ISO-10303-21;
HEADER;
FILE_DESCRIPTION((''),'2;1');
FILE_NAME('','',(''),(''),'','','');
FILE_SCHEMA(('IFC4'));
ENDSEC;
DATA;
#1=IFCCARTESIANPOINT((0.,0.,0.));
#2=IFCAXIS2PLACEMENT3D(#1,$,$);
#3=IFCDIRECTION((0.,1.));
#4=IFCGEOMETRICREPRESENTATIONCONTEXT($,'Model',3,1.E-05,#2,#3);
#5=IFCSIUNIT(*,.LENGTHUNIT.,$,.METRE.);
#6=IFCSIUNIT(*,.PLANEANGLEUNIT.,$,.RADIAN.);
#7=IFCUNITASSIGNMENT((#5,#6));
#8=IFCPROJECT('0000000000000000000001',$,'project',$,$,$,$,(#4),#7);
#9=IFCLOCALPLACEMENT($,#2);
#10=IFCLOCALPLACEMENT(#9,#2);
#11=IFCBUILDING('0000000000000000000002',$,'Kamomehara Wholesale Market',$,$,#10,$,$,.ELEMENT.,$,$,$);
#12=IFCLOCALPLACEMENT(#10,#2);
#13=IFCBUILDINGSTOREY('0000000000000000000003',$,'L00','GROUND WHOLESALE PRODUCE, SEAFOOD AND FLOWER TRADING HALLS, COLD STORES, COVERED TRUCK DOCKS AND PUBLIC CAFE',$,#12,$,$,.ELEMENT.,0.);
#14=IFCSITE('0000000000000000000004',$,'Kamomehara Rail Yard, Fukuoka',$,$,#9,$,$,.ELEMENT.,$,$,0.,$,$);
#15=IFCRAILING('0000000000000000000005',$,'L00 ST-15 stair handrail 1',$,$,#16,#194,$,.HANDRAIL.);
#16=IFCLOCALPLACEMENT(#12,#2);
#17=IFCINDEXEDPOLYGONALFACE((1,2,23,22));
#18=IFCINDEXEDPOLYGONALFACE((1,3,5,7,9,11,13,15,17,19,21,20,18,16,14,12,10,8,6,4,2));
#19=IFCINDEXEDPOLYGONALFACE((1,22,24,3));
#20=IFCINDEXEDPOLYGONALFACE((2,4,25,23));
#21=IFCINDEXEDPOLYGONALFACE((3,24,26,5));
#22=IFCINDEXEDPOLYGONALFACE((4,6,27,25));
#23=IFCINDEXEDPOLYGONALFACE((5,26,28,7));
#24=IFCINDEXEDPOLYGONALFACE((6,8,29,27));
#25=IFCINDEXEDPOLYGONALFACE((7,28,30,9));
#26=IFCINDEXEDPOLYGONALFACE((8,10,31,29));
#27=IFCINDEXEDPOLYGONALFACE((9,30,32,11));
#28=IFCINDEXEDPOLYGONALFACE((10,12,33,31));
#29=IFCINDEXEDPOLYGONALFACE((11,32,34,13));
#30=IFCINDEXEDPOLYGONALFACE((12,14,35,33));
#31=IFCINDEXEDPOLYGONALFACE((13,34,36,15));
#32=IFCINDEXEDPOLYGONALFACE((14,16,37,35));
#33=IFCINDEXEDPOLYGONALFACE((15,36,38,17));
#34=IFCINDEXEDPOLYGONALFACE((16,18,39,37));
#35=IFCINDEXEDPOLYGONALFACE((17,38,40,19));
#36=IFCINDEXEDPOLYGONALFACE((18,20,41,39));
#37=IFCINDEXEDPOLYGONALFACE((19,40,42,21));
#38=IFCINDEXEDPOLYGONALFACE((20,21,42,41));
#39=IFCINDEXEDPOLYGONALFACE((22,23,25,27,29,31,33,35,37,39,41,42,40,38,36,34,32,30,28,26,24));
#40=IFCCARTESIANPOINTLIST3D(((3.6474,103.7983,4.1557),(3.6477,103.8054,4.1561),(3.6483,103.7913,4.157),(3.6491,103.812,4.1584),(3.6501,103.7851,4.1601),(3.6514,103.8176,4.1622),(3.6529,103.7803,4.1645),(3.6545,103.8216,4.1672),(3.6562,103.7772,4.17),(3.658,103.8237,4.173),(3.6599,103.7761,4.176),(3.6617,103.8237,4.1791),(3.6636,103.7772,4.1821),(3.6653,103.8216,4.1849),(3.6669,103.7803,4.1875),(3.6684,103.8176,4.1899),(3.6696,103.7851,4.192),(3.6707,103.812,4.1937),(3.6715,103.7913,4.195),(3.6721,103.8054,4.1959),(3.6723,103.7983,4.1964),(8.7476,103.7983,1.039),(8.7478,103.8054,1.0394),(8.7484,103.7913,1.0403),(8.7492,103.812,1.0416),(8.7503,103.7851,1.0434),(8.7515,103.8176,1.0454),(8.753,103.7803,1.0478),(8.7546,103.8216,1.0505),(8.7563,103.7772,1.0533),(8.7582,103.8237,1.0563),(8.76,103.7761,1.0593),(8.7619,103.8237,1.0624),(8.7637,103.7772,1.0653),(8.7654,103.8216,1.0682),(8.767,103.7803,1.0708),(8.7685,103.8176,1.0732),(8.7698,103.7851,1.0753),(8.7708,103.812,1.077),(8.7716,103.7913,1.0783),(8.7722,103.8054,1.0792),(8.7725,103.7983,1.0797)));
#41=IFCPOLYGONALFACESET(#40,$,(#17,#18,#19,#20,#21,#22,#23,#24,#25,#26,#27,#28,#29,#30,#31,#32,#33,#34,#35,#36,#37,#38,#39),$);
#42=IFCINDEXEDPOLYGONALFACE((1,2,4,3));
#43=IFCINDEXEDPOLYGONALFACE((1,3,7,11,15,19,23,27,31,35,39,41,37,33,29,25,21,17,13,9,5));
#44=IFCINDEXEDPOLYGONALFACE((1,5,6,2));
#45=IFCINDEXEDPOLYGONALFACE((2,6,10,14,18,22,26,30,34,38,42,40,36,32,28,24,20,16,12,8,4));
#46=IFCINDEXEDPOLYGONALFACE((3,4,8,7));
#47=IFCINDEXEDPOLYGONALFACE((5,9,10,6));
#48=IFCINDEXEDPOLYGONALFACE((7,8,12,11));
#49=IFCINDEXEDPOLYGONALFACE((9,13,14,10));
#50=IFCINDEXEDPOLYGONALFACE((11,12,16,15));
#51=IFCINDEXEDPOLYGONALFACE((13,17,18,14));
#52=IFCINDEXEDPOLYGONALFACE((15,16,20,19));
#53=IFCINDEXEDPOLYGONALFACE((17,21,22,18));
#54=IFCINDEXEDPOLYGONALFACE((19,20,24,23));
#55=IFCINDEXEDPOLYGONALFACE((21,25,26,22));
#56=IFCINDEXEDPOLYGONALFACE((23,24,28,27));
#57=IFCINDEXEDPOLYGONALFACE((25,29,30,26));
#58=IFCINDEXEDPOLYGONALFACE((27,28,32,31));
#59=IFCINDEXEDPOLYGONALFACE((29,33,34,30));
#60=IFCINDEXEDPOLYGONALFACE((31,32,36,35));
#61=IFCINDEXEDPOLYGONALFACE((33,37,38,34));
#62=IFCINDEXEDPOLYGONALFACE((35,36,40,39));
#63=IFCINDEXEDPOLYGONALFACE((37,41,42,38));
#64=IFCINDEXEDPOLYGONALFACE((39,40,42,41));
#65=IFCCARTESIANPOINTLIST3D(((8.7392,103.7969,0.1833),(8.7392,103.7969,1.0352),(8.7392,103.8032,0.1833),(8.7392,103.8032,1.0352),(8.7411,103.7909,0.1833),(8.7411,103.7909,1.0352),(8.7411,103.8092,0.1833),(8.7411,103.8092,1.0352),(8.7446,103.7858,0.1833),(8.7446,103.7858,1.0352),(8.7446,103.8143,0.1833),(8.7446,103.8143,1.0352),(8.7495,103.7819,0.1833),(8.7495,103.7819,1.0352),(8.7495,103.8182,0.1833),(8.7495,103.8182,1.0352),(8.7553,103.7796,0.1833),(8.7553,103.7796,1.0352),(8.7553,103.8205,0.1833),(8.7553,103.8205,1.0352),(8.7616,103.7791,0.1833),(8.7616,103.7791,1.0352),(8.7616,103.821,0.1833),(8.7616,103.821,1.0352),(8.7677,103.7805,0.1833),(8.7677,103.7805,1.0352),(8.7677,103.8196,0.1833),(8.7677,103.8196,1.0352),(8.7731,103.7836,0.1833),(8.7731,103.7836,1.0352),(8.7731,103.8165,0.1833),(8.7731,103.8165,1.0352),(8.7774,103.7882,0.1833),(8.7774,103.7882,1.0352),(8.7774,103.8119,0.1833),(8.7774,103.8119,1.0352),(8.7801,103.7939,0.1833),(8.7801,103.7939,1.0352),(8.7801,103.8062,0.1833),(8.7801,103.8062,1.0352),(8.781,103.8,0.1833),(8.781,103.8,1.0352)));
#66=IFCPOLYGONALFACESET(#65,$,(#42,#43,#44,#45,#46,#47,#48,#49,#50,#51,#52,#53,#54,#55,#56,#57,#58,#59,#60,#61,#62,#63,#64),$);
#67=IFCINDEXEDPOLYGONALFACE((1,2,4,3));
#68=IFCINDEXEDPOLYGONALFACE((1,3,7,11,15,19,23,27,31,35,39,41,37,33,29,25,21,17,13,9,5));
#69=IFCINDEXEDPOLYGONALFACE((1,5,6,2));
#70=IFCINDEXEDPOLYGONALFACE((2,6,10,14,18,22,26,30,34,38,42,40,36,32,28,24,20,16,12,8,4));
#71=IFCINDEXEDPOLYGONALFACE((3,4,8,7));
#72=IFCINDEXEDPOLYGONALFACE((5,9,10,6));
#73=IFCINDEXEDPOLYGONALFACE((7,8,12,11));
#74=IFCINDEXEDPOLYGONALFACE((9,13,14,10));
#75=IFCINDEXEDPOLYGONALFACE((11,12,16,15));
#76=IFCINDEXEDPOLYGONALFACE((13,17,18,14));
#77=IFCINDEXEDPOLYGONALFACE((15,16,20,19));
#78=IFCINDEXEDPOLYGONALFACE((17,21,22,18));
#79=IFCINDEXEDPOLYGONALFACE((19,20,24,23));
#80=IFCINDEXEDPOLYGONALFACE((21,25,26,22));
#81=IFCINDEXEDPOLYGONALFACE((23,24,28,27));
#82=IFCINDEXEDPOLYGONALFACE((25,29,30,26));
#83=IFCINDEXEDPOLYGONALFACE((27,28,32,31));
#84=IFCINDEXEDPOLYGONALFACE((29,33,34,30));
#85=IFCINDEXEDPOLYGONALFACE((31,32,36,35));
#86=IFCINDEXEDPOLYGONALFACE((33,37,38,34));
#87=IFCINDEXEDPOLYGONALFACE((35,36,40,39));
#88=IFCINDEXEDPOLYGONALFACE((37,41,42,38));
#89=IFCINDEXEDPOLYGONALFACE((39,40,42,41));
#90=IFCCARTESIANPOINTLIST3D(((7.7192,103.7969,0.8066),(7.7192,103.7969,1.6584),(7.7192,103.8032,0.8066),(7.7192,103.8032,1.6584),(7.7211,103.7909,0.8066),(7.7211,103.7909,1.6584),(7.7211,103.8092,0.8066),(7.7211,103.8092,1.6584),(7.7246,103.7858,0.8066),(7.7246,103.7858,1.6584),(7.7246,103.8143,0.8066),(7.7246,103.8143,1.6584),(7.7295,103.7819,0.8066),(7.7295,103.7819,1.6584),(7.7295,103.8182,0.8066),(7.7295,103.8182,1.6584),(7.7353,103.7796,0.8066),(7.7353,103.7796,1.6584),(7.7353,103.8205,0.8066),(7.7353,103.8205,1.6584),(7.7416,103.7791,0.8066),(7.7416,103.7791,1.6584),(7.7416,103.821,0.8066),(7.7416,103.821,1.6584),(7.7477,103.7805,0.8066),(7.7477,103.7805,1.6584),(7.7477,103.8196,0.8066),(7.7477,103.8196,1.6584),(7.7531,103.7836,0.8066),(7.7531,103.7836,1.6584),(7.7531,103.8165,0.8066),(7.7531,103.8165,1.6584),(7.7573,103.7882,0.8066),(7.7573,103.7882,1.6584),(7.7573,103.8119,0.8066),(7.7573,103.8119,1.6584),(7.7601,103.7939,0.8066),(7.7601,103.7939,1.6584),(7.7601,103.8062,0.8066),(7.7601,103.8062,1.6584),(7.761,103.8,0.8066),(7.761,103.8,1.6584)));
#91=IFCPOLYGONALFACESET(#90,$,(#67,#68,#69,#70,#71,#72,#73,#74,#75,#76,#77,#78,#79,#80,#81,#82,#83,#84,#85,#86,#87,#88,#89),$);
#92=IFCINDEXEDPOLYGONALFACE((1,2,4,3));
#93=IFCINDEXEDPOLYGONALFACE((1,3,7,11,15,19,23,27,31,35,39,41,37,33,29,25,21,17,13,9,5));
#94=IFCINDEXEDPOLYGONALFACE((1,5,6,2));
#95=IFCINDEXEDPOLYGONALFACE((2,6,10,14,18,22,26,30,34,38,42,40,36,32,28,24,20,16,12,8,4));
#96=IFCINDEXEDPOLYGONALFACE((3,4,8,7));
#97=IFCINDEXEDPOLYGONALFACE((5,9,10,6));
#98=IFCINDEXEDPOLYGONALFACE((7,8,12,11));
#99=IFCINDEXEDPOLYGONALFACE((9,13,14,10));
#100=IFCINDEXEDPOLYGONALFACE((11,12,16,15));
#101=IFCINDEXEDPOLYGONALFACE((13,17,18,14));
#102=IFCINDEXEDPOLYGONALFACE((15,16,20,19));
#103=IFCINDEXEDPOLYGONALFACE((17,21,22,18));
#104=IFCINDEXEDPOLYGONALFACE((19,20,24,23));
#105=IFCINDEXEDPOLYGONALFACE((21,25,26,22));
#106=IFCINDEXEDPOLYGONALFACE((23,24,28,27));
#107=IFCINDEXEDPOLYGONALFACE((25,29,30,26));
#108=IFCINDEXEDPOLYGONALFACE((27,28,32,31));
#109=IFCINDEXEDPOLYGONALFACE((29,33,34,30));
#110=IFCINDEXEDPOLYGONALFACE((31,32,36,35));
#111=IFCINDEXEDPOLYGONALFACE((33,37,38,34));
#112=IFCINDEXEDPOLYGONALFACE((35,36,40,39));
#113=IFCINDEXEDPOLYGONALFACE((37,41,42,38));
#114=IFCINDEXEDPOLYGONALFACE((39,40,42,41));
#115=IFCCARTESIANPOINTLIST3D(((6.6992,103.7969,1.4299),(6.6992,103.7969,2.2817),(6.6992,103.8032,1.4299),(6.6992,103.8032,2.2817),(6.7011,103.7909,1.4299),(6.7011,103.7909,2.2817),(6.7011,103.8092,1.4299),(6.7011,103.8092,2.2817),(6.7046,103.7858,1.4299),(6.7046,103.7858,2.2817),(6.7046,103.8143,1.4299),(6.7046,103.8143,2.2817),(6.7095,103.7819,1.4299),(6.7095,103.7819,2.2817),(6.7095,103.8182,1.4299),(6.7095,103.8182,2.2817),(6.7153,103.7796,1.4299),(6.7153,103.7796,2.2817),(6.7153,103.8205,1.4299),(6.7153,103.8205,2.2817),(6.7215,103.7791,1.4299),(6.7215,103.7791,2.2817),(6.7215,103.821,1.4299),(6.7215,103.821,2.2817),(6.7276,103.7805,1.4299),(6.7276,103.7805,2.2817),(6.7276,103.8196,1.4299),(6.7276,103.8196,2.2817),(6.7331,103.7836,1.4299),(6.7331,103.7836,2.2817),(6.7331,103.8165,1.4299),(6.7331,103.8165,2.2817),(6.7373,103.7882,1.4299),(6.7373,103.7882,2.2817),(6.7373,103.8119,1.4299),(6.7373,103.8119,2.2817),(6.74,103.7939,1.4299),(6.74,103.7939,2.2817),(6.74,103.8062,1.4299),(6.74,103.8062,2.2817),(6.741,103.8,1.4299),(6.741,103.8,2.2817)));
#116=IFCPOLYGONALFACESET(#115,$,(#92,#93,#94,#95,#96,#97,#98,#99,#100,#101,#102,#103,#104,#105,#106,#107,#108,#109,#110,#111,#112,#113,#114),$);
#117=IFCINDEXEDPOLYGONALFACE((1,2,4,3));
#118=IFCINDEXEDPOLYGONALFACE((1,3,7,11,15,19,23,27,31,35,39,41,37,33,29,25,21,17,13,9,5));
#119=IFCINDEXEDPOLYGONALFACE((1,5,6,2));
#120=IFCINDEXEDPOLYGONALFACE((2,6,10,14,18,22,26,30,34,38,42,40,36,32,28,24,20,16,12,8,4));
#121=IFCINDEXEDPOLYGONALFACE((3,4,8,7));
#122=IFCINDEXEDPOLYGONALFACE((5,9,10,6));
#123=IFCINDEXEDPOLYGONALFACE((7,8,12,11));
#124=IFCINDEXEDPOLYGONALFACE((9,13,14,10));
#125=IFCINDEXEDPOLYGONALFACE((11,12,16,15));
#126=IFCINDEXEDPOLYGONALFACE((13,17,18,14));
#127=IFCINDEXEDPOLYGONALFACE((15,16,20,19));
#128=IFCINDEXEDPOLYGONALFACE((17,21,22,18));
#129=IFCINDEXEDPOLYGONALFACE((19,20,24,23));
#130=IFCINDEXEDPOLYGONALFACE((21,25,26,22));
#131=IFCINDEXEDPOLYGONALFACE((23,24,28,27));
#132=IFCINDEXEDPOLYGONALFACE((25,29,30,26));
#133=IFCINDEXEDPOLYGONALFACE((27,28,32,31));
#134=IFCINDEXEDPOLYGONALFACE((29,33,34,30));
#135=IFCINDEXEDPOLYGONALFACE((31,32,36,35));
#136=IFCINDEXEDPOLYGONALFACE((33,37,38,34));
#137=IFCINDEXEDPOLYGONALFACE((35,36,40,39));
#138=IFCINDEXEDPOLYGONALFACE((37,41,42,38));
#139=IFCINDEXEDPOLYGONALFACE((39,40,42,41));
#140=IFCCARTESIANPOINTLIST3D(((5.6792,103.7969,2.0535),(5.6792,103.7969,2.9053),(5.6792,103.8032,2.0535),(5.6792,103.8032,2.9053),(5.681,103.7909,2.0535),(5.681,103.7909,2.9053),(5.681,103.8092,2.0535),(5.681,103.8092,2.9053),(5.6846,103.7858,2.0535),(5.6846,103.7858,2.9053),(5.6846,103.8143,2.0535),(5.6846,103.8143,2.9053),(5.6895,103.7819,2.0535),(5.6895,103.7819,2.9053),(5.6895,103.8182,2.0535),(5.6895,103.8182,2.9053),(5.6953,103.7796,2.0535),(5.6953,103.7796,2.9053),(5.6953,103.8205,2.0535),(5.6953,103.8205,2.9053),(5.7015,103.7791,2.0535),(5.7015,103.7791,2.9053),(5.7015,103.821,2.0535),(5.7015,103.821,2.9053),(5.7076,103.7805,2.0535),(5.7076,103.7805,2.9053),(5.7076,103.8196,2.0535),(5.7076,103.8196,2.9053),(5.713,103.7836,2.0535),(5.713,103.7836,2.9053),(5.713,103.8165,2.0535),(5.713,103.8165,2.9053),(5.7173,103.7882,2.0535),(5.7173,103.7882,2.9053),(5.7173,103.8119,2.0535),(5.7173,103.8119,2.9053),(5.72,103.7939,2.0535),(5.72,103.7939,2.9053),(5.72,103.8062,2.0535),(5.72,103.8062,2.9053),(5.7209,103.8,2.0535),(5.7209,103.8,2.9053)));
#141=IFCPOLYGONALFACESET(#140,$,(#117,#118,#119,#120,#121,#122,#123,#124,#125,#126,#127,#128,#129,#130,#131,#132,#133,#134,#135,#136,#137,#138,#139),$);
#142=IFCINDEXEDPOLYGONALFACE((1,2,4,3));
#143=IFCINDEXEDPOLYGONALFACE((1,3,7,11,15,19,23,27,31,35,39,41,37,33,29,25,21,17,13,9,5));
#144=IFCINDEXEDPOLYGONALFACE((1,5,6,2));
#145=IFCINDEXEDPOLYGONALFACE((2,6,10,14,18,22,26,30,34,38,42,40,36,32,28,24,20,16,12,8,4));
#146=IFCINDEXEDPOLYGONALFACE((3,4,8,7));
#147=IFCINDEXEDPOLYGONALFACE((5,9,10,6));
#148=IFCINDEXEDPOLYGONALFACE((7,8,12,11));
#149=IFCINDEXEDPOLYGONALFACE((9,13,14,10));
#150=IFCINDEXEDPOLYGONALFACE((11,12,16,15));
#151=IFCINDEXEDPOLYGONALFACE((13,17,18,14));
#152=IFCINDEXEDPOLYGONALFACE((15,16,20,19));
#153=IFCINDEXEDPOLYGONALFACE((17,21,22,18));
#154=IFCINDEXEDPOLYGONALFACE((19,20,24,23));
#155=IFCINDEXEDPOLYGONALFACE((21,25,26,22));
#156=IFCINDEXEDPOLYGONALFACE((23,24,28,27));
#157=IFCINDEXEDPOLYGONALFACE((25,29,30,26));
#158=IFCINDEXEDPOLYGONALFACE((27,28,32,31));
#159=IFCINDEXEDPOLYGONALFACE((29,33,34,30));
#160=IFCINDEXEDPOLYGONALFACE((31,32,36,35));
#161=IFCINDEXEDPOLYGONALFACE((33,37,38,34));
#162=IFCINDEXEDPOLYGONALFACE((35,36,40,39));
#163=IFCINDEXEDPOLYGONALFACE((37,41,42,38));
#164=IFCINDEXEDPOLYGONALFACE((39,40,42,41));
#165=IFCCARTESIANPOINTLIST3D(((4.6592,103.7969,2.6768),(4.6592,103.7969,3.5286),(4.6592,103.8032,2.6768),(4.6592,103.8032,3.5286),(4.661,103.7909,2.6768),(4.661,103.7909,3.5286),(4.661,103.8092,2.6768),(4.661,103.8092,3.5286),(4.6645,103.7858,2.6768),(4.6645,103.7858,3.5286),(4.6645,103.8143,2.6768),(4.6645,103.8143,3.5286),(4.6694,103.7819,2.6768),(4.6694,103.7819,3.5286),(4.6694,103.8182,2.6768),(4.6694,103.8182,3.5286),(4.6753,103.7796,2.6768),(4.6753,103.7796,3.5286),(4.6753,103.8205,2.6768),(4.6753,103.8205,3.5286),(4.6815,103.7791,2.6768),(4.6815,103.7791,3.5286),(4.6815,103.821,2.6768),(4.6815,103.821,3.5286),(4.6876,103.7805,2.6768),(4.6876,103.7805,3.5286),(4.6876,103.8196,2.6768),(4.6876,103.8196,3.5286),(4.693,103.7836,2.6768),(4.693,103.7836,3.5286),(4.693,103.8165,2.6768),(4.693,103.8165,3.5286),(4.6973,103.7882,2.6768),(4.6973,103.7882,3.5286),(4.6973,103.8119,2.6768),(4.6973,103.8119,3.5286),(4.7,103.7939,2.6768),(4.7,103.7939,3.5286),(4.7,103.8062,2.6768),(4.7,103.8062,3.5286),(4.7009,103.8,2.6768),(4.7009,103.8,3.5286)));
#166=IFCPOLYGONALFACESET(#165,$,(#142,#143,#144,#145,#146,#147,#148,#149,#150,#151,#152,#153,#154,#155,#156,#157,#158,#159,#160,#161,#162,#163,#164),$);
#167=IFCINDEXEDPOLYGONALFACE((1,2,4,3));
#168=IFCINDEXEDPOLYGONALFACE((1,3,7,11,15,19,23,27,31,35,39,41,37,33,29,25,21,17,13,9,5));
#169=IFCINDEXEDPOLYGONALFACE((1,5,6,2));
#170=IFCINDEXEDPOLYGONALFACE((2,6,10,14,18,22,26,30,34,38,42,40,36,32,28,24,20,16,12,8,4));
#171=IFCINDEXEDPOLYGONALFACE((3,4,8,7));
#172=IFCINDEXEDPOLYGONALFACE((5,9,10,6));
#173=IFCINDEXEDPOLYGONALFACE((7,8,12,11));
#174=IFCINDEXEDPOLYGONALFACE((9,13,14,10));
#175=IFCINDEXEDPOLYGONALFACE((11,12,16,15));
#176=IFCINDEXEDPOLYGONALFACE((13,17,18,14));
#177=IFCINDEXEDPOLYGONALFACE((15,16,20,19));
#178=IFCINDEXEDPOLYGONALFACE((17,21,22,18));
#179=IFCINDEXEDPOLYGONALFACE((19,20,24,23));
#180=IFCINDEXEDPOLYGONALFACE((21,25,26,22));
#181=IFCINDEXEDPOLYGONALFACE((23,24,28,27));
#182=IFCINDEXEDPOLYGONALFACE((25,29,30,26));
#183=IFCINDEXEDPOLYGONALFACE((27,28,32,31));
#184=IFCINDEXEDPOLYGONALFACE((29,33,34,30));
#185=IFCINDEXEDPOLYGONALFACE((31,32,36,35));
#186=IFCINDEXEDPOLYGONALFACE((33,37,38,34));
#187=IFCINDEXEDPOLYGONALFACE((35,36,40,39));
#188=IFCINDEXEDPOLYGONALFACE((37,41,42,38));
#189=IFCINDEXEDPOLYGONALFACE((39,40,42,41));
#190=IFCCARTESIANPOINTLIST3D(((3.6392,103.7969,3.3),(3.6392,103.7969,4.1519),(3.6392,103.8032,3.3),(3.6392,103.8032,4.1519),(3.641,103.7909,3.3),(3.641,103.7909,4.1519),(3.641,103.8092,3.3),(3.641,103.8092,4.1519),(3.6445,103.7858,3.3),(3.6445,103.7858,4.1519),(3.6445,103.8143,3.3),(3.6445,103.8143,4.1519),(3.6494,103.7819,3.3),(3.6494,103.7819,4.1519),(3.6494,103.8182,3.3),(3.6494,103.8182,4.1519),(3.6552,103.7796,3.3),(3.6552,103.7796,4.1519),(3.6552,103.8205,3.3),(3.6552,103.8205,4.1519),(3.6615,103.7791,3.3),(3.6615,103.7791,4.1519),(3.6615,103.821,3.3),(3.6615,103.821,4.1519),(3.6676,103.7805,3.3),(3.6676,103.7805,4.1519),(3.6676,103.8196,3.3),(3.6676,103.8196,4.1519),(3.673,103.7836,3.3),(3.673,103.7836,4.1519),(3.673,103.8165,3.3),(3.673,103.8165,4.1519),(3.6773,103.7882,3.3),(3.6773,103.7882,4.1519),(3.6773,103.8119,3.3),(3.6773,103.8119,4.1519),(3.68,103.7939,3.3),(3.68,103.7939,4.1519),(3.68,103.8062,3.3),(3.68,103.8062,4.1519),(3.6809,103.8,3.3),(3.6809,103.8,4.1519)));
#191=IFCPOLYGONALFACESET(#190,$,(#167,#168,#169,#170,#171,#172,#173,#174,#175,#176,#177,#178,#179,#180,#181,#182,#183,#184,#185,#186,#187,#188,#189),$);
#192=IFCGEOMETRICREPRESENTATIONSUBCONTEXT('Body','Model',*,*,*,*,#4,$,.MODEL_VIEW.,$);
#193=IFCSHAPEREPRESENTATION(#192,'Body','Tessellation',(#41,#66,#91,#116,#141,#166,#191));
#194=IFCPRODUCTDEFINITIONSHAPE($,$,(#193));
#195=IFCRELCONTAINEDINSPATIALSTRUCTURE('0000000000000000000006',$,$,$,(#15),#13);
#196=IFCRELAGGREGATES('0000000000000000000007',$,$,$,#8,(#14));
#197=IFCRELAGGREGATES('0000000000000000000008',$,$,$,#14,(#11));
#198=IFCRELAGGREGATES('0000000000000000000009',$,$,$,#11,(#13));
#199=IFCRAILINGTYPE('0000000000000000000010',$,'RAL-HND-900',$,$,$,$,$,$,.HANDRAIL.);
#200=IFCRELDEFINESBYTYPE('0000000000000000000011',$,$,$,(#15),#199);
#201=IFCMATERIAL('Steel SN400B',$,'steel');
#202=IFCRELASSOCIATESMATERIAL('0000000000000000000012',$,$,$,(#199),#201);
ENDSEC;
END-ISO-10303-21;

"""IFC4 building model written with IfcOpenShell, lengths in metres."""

from ifc_helpers import new_model, si_unit, direction, frame, origin, origin_2d, place, context, subcontext, project, spatial, circle, extrude, material, type_object, element, save


model = new_model("IFC4")

# Units and contexts
model_context = context("Model", 3, precision=1e-05, world=origin(), true_north=direction((0.0, 1.0)))
body_context = subcontext(model_context, "Body", "Model", "MODEL_VIEW")
ifc_project = project(units=[si_unit("LENGTHUNIT", "METRE"), si_unit("PLANEANGLEUNIT", "RADIAN")], contexts=[model_context])

# Site, building, storey
site_placement = place(None, origin())
site = spatial("IfcSite", under=ifc_project, at=site_placement, Name="Kamomehara Rail Yard, Fukuoka", CompositionType="ELEMENT", RefElevation=0.0)
building_placement = place(site_placement, origin())
building = spatial("IfcBuilding", under=site, at=building_placement, Name="Kamomehara Wholesale Market", CompositionType="ELEMENT")
storey_placement = place(building_placement, origin())
storey = spatial("IfcBuildingStorey", under=building, at=storey_placement, Name="L00", Description="GROUND WHOLESALE PRODUCE, SEAFOOD AND FLOWER TRADING HALLS, COLD STORES, COVERED TRUCK DOCKS AND PUBLIC CAFE", CompositionType="ELEMENT", Elevation=0.0)

# Railing
ifc_material_1 = material(Name="Steel SN400B", Category="steel")
railing_type_1 = type_object("IfcRailingType", Name="RAL-HND-900", PredefinedType="HANDRAIL", material=ifc_material_1)
railing_1_placement = place(storey_placement, frame((8.76, 103.8, 0.1833)))
element("IfcRailing", 1, at=railing_1_placement, inside=storey, type_object=railing_type_1, Name="L00 ST-15 stair handrail 1", PredefinedType="HANDRAIL", context=body_context, shape_type="SweptSolid", body=[
    extrude(circle(Radius=0.0239, at=origin_2d()), frame((0.0, 0.0, 0.876), z_axis=(-0.853284, 0.0, 0.521447), x_axis=(0.0, -1.0, 0.0)), (0.0, 0.0, 1.0), 5.9771),
    extrude(circle(Radius=0.021, at=origin_2d()), origin(), (0.0, 0.0, 1.0), 0.8518),
    extrude(circle(Radius=0.021, at=origin_2d()), frame((-1.02, 0.0, 0.6233)), (0.0, 0.0, 1.0), 0.8518),
    extrude(circle(Radius=0.021, at=origin_2d()), frame((-2.04, 0.0, 1.2466)), (0.0, 0.0, 1.0), 0.8518),
    extrude(circle(Radius=0.021, at=origin_2d()), frame((-3.0601, 0.0, 1.8701)), (0.0, 0.0, 1.0), 0.8518),
    extrude(circle(Radius=0.021, at=origin_2d()), frame((-4.0801, 0.0, 2.4934)), (0.0, 0.0, 1.0), 0.8518),
    extrude(circle(Radius=0.021, at=origin_2d()), frame((-5.1001, 0.0, 3.1167)), (0.0, 0.0, 1.0), 0.8518),
])

save(model, "model.ifc")
